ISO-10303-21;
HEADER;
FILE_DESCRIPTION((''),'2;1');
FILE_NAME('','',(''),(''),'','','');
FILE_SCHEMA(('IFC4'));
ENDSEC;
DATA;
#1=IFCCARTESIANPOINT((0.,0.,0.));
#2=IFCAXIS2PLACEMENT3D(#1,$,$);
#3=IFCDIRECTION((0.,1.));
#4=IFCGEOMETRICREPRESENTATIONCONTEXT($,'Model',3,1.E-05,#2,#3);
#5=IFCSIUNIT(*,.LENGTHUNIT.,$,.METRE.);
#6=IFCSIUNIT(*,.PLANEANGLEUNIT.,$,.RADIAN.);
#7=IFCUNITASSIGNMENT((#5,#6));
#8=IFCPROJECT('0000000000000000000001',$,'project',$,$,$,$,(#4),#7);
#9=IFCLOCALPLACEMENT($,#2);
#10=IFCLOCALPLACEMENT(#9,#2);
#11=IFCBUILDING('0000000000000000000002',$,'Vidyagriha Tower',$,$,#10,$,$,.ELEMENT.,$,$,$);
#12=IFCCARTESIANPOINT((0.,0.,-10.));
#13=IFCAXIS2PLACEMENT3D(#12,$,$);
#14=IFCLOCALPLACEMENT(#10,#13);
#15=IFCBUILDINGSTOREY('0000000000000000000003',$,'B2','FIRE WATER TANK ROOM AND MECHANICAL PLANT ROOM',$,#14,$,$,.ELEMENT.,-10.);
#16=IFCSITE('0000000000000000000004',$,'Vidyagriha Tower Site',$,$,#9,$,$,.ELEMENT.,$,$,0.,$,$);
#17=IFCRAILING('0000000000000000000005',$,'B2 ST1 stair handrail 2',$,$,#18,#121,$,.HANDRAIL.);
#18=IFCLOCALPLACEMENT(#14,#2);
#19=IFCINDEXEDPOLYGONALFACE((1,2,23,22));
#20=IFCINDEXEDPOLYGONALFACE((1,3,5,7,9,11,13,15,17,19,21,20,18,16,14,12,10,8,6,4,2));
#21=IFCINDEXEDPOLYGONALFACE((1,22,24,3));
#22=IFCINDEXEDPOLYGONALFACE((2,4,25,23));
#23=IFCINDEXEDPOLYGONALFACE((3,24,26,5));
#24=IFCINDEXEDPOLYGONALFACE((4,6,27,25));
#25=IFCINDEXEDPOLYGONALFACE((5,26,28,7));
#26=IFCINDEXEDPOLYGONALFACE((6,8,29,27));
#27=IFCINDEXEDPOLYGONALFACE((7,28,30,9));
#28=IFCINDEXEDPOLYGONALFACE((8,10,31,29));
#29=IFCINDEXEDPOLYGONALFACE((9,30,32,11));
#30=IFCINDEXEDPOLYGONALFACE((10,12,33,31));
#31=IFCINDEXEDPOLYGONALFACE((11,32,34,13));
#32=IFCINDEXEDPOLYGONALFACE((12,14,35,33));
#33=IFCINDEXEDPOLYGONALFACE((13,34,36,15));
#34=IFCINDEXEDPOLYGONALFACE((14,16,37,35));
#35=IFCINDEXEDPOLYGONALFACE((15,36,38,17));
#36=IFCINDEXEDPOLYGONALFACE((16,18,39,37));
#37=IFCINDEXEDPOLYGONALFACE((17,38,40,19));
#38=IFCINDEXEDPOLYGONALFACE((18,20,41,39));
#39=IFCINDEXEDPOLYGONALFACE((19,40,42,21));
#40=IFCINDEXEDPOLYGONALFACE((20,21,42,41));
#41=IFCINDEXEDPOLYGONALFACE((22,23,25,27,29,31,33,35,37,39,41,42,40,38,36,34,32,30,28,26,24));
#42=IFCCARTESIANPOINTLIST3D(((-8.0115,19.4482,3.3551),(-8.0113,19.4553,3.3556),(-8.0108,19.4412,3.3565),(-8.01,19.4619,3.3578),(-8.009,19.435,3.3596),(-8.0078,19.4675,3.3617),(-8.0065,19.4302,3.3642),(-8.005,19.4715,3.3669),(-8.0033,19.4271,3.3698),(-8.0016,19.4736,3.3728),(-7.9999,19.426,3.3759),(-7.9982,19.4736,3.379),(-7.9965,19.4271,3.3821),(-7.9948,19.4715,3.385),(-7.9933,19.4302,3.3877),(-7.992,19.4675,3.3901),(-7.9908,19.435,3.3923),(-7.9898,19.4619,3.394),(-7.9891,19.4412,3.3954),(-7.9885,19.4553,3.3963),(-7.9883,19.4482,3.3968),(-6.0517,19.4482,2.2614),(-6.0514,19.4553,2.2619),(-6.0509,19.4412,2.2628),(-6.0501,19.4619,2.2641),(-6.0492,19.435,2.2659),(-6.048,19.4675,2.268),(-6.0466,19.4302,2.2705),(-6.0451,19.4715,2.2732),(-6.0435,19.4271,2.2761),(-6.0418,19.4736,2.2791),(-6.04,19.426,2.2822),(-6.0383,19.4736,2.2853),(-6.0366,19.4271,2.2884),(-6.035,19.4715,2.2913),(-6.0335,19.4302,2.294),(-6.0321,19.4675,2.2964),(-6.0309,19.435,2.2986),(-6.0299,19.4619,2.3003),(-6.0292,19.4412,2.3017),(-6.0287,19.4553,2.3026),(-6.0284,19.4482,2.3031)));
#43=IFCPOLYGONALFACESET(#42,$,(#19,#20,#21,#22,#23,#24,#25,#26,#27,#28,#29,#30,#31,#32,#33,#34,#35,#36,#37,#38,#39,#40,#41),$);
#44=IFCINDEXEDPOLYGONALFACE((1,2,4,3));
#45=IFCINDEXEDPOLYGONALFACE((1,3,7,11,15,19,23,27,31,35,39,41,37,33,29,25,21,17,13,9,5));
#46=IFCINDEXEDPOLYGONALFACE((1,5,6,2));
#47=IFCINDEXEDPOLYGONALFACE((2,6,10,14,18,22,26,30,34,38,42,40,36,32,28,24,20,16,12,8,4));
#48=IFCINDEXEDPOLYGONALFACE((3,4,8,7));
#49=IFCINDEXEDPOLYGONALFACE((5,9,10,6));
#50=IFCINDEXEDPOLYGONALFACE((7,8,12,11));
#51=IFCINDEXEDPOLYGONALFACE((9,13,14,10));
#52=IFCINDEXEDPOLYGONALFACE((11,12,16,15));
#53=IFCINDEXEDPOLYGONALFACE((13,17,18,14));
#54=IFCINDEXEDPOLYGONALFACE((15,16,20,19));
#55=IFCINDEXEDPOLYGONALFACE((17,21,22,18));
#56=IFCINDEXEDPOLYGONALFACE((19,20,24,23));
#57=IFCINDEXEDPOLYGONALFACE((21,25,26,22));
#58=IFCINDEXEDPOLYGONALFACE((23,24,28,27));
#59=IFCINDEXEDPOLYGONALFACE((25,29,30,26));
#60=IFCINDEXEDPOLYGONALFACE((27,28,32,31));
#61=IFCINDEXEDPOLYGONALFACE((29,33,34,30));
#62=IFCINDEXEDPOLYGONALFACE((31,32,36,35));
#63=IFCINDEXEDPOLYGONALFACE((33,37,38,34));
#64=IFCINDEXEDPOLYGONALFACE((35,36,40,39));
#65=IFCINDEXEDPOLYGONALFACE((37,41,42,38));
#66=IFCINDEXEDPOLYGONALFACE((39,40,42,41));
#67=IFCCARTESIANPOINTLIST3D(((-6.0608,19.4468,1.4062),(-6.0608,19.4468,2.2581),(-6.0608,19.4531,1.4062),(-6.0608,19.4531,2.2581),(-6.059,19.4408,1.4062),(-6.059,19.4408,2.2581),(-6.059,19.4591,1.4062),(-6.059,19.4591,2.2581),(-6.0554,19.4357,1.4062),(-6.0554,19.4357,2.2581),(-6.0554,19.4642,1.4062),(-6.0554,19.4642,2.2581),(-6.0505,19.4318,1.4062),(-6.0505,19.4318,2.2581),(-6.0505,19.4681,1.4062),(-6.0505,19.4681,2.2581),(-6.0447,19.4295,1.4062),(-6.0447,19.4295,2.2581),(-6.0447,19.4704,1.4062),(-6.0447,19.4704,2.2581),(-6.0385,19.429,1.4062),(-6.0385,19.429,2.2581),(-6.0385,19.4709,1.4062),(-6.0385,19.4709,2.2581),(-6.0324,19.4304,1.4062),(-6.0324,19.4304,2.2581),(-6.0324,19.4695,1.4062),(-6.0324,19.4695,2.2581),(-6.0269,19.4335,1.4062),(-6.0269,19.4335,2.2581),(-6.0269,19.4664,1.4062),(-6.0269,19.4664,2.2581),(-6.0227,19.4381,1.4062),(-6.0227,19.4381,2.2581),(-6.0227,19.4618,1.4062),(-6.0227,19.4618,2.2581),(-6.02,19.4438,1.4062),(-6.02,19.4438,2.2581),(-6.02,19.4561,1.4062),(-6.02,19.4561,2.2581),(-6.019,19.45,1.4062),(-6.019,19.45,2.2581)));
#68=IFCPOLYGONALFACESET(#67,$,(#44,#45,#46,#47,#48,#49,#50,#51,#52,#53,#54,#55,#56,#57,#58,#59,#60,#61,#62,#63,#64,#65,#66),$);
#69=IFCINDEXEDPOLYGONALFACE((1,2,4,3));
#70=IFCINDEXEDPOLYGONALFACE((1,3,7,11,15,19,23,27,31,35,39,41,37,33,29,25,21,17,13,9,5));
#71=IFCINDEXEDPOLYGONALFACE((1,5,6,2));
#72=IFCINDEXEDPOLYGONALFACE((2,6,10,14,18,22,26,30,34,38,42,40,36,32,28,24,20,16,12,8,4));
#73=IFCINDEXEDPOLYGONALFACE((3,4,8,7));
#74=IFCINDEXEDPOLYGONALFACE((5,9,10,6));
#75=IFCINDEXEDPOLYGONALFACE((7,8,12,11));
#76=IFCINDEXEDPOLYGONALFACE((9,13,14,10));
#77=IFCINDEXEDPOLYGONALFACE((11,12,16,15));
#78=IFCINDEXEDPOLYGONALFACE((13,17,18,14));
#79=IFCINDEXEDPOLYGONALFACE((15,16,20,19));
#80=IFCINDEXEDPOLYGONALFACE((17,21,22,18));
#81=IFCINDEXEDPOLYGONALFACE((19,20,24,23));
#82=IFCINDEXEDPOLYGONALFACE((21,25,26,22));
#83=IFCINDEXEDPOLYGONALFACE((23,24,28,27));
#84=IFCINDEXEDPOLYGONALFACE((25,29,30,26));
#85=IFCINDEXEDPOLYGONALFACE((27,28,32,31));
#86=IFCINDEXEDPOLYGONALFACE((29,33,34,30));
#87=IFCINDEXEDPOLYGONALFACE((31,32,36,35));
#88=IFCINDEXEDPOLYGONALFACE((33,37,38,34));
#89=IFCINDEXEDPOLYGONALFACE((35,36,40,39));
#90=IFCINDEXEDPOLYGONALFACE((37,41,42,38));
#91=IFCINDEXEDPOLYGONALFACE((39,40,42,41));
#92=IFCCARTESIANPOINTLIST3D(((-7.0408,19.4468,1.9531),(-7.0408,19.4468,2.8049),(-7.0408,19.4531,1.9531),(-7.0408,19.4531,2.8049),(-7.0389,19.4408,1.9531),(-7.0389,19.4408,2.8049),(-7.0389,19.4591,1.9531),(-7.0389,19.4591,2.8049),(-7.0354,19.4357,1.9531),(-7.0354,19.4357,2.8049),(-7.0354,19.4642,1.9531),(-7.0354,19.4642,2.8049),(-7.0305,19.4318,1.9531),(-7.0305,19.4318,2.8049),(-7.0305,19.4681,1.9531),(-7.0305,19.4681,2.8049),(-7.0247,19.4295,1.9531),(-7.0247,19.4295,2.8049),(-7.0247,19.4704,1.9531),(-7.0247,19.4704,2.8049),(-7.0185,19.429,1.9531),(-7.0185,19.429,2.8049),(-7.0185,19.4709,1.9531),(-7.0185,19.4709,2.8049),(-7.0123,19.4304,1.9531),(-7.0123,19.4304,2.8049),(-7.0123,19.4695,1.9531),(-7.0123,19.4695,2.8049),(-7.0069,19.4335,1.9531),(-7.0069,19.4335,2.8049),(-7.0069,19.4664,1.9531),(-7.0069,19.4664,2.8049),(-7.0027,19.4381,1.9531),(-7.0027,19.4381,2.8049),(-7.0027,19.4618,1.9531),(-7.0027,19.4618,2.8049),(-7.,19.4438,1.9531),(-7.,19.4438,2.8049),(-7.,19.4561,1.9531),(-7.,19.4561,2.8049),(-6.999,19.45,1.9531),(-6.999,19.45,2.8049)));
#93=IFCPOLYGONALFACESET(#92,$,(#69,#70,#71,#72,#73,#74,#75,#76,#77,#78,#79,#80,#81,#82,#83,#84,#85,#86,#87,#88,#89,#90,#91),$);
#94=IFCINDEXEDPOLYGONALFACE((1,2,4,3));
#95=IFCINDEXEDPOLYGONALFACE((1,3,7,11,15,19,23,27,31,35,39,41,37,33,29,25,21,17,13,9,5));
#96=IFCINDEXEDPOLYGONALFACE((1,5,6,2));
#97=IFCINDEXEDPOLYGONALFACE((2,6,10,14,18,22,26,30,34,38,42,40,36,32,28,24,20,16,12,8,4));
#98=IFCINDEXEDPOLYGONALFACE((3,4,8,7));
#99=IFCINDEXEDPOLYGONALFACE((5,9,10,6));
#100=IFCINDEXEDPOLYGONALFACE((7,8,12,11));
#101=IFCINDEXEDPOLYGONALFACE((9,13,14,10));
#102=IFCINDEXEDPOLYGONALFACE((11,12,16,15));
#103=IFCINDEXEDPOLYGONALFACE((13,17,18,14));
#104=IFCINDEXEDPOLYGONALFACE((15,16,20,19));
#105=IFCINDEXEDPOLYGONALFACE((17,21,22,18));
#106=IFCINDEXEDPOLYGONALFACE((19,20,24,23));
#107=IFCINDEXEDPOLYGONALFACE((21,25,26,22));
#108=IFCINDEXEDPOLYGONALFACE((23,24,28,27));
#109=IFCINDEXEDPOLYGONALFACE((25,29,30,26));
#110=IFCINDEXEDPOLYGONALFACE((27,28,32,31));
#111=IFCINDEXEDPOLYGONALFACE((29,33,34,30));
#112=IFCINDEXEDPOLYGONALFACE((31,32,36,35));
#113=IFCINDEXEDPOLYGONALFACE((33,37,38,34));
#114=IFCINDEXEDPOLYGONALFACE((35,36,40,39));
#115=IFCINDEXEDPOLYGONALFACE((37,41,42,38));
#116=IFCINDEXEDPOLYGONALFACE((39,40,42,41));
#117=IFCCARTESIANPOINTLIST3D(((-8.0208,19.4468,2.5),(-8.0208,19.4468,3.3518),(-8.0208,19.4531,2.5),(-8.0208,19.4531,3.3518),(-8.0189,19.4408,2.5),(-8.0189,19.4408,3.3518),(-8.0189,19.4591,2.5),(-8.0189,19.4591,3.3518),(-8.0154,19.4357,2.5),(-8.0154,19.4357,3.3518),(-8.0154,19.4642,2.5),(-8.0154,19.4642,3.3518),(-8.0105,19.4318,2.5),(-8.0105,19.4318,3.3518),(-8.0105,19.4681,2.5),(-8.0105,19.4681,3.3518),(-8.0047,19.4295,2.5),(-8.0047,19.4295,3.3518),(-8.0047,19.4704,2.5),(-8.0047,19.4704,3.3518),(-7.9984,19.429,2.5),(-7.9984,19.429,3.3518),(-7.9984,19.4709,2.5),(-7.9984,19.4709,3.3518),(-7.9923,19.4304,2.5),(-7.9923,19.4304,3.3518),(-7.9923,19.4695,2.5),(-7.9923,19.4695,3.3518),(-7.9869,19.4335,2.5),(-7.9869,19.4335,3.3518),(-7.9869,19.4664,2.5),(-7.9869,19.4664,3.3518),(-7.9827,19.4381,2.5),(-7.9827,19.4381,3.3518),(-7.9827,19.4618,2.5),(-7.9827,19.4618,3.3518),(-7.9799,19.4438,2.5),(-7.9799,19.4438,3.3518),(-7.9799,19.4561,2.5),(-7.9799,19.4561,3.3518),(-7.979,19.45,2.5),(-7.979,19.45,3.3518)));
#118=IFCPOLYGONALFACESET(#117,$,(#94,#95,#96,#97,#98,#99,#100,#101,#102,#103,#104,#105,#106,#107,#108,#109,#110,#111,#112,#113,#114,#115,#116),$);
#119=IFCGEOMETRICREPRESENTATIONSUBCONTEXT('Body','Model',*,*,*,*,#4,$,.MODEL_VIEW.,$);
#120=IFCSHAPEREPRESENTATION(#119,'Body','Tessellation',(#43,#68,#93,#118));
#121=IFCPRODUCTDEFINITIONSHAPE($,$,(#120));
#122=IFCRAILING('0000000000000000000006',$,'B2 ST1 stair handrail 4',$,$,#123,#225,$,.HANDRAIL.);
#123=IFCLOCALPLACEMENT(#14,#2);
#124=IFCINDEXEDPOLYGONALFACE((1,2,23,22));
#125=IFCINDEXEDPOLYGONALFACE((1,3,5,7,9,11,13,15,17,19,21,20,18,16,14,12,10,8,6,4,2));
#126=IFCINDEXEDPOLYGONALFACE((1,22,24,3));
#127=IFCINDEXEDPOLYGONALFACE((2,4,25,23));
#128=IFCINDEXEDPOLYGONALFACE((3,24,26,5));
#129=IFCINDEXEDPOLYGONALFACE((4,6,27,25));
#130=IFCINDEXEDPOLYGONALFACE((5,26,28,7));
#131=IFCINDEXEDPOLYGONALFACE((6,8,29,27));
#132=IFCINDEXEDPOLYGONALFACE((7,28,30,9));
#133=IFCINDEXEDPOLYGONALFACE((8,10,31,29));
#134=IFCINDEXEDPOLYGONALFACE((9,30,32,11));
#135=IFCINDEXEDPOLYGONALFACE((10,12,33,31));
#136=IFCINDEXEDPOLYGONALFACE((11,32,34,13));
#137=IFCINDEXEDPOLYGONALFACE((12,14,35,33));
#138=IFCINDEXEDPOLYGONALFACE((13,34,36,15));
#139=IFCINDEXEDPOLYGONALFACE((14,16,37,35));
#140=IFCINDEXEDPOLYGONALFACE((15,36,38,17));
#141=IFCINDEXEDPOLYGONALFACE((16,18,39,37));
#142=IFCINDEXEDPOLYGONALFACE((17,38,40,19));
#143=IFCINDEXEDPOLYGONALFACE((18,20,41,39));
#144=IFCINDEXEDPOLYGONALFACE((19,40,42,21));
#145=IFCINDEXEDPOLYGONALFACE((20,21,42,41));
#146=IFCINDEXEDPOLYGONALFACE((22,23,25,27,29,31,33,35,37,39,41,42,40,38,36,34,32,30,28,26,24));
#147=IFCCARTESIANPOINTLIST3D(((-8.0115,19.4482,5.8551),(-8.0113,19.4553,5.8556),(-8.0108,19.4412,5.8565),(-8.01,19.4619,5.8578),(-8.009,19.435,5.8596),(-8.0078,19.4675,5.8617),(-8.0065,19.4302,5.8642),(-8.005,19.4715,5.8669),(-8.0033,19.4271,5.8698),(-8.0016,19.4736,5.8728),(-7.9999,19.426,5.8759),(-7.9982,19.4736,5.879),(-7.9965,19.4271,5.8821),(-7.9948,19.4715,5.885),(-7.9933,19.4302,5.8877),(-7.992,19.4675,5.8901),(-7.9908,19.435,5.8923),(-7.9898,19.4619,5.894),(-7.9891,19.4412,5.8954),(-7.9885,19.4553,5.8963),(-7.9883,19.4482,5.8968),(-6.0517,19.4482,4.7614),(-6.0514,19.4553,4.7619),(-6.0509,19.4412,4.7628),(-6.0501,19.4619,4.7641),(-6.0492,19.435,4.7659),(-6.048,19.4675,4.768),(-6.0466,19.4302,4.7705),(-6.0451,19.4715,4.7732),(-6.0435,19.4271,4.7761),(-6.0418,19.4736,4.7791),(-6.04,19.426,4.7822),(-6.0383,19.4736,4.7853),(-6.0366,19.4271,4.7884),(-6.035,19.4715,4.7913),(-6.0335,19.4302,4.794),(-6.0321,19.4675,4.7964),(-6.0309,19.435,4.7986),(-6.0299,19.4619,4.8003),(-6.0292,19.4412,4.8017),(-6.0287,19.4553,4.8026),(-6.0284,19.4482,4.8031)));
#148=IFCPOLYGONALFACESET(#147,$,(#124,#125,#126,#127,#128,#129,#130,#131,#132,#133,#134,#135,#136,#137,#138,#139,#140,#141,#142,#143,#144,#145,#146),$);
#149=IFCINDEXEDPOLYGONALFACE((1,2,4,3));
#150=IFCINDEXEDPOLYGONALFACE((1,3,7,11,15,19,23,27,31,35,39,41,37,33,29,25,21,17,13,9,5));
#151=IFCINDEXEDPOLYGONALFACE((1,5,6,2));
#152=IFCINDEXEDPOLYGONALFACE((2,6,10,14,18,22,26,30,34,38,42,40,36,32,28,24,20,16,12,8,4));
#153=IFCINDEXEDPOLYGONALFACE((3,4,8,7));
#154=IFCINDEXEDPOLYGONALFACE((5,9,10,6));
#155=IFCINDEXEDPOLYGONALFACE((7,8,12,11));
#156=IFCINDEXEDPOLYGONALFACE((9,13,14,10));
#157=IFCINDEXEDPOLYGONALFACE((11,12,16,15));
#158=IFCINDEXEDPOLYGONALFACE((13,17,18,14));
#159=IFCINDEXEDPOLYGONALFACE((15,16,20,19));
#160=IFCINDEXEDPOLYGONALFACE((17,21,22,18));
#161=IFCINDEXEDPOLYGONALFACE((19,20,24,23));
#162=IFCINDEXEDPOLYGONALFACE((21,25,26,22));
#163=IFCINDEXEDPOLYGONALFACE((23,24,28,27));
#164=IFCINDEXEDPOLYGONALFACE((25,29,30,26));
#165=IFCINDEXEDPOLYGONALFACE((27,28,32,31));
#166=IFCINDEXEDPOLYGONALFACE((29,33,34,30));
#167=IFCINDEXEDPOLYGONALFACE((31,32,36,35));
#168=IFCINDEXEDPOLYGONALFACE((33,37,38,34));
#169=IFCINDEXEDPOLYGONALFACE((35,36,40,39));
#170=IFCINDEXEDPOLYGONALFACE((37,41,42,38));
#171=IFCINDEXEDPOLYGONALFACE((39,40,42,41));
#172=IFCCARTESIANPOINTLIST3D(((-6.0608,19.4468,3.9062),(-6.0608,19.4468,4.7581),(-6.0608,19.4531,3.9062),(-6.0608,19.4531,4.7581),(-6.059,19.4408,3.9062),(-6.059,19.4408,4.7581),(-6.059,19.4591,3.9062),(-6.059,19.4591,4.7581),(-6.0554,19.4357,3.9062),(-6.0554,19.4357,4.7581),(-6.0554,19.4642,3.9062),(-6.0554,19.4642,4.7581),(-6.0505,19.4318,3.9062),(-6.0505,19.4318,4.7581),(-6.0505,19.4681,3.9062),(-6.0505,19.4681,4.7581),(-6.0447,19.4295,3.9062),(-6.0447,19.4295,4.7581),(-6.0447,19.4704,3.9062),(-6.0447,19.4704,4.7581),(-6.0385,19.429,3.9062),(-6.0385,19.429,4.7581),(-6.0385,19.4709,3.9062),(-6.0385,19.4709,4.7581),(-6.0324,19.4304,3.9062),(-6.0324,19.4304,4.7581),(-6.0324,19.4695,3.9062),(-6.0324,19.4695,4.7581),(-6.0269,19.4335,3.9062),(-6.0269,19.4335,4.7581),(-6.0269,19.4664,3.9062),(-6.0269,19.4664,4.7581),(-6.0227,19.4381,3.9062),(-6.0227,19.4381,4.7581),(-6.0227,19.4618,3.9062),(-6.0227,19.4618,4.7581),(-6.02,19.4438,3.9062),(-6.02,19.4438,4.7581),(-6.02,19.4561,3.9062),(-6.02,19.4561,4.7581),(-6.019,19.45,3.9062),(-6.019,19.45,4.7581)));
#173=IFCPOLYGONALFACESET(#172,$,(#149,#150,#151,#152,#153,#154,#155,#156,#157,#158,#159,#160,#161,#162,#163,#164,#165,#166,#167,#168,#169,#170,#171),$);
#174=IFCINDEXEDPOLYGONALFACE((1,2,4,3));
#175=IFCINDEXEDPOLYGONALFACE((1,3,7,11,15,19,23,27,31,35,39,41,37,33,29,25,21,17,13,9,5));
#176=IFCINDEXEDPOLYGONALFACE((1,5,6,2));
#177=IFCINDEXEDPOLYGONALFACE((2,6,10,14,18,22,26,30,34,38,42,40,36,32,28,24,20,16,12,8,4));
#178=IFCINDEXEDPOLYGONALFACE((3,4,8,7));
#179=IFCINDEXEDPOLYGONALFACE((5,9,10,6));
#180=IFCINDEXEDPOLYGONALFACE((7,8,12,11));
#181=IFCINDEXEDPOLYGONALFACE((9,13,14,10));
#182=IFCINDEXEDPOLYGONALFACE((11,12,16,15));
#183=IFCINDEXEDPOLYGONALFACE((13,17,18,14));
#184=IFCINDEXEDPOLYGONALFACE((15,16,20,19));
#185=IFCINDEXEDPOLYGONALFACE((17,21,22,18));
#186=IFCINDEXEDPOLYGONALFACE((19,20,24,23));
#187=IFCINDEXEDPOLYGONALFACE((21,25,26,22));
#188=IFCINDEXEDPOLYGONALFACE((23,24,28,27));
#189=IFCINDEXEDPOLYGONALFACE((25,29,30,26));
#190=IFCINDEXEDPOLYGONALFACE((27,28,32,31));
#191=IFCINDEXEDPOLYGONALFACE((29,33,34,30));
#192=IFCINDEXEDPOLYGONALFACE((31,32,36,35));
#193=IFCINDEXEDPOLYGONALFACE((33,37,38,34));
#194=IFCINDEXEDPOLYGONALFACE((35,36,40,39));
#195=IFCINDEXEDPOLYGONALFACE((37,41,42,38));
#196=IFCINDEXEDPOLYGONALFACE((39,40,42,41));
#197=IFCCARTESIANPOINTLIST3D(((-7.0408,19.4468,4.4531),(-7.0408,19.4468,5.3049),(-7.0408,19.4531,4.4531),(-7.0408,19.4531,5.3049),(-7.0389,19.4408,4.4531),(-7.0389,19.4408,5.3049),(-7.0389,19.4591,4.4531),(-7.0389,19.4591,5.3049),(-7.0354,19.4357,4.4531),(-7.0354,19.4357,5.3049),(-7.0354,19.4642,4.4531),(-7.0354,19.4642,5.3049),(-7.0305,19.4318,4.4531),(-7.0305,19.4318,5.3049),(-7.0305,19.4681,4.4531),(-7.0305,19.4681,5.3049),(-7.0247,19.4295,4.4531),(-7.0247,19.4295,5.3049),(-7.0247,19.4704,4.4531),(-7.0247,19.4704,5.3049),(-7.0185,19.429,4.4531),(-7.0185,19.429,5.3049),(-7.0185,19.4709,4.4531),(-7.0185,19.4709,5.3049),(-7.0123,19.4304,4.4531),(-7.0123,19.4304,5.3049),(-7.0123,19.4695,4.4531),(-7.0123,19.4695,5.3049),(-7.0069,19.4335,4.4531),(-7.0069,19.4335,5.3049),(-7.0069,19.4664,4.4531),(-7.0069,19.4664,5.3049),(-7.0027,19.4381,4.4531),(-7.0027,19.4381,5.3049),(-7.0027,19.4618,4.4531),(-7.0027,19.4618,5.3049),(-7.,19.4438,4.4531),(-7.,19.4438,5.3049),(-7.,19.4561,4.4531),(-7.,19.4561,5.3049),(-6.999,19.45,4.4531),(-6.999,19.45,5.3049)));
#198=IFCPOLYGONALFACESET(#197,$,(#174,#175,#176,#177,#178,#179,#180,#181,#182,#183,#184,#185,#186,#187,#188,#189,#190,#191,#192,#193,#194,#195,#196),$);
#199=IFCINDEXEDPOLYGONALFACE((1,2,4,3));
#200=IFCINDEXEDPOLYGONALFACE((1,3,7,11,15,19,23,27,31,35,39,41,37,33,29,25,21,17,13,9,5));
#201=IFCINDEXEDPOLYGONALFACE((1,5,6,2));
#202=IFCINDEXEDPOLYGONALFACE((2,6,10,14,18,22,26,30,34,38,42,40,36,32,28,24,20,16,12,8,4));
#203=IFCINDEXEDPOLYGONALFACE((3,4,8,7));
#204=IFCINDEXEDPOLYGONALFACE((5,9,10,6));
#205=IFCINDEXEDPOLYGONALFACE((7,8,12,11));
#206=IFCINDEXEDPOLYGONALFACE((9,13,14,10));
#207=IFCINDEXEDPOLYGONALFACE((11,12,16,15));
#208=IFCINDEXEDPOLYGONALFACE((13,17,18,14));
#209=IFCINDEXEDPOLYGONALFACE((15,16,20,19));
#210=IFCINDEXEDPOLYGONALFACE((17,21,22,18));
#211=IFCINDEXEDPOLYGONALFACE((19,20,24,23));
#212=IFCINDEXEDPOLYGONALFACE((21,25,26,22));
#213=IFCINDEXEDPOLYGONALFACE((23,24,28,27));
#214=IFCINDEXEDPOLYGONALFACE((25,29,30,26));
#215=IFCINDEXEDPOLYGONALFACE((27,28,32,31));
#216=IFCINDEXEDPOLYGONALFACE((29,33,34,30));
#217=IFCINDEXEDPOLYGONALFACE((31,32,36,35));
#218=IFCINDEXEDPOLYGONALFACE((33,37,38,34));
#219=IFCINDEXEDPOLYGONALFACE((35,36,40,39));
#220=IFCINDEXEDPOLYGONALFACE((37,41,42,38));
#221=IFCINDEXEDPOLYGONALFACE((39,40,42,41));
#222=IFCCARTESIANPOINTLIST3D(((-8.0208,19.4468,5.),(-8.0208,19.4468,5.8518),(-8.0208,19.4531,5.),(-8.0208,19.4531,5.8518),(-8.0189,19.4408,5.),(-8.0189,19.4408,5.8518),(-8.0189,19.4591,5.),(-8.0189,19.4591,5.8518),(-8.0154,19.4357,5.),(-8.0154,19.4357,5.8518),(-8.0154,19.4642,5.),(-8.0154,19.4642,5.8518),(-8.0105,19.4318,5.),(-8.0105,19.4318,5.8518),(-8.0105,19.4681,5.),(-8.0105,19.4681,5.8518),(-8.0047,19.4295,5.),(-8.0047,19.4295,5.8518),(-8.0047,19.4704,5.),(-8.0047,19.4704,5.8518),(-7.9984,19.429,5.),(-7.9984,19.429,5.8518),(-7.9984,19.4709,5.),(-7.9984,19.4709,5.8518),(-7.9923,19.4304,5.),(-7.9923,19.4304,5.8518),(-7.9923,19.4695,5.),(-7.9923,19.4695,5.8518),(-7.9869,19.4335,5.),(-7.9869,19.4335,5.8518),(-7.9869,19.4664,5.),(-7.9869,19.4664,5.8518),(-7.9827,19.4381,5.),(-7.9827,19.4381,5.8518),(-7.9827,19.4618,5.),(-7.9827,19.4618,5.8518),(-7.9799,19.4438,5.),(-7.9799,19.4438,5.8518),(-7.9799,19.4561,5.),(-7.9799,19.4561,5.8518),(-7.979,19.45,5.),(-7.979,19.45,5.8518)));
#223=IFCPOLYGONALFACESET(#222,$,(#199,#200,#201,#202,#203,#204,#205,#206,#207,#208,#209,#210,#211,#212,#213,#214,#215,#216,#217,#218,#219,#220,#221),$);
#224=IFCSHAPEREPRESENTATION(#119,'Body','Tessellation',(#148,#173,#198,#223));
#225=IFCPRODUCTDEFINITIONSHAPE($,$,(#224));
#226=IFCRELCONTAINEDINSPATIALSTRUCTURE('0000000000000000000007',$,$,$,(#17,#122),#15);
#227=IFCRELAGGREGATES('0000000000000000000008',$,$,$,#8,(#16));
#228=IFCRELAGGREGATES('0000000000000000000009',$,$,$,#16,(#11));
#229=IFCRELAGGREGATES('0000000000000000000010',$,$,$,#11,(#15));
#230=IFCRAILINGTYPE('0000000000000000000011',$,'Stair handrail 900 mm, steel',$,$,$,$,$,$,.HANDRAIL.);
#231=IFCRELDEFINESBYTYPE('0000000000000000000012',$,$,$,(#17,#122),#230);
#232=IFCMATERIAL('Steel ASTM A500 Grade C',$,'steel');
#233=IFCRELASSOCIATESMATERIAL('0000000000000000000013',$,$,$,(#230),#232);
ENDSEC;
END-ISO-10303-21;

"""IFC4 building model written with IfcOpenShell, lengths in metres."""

from ifc_helpers import new_model, si_unit, direction, frame, origin, origin_2d, place, context, subcontext, project, spatial, circle, extrude, material, type_object, element, save


model = new_model("IFC4")

# Units and contexts
model_context = context("Model", 3, precision=1e-05, world=origin(), true_north=direction((0.0, 1.0)))
body_context = subcontext(model_context, "Body", "Model", "MODEL_VIEW")
ifc_project = project(units=[si_unit("LENGTHUNIT", "METRE"), si_unit("PLANEANGLEUNIT", "RADIAN")], contexts=[model_context])

# Site, building, storey
site_placement = place(None, origin())
site = spatial("IfcSite", under=ifc_project, at=site_placement, Name="Vidyagriha Tower Site", CompositionType="ELEMENT", RefElevation=0.0)
building_placement = place(site_placement, origin())
building = spatial("IfcBuilding", under=site, at=building_placement, Name="Vidyagriha Tower", CompositionType="ELEMENT")
storey_placement = place(building_placement, frame((0.0, 0.0, -10.0)))
storey = spatial("IfcBuildingStorey", under=building, at=storey_placement, Name="B2", Description="FIRE WATER TANK ROOM AND MECHANICAL PLANT ROOM", CompositionType="ELEMENT", Elevation=-10.0)

# Railings
ifc_material_1 = material(Name="Steel ASTM A500 Grade C", Category="steel")
railing_type_1 = type_object("IfcRailingType", Name="Stair handrail 900 mm, steel", PredefinedType="HANDRAIL", material=ifc_material_1)
for number, where, name in (
    (1, (-6.04, 19.45, 1.4062), "B2 ST1 stair handrail 2"),
    (2, (-6.04, 19.45, 3.9062), "B2 ST1 stair handrail 4"),
):
    element("IfcRailing", number, at=place(storey_placement, frame(where)), inside=storey, type_object=railing_type_1, Name=name, PredefinedType="HANDRAIL", context=body_context, shape_type="SweptSolid", body=[
        extrude(circle(Radius=0.0239, at=origin_2d()), frame((0.0, 0.0, 0.876), z_axis=(-0.873232, 0.0, 0.487304), x_axis=(0.0, -1.0, 0.0)), (0.0, 0.0, 1.0), 2.2444),
        extrude(circle(Radius=0.021, at=origin_2d()), origin(), (0.0, 0.0, 1.0), 0.8518),
        extrude(circle(Radius=0.021, at=origin_2d()), frame((-0.98, 0.0, 0.5469)), (0.0, 0.0, 1.0), 0.8518),
        extrude(circle(Radius=0.021, at=origin_2d()), frame((-1.96, 0.0, 1.0938)), (0.0, 0.0, 1.0), 0.8518),
    ])

save(model, "model.ifc")
